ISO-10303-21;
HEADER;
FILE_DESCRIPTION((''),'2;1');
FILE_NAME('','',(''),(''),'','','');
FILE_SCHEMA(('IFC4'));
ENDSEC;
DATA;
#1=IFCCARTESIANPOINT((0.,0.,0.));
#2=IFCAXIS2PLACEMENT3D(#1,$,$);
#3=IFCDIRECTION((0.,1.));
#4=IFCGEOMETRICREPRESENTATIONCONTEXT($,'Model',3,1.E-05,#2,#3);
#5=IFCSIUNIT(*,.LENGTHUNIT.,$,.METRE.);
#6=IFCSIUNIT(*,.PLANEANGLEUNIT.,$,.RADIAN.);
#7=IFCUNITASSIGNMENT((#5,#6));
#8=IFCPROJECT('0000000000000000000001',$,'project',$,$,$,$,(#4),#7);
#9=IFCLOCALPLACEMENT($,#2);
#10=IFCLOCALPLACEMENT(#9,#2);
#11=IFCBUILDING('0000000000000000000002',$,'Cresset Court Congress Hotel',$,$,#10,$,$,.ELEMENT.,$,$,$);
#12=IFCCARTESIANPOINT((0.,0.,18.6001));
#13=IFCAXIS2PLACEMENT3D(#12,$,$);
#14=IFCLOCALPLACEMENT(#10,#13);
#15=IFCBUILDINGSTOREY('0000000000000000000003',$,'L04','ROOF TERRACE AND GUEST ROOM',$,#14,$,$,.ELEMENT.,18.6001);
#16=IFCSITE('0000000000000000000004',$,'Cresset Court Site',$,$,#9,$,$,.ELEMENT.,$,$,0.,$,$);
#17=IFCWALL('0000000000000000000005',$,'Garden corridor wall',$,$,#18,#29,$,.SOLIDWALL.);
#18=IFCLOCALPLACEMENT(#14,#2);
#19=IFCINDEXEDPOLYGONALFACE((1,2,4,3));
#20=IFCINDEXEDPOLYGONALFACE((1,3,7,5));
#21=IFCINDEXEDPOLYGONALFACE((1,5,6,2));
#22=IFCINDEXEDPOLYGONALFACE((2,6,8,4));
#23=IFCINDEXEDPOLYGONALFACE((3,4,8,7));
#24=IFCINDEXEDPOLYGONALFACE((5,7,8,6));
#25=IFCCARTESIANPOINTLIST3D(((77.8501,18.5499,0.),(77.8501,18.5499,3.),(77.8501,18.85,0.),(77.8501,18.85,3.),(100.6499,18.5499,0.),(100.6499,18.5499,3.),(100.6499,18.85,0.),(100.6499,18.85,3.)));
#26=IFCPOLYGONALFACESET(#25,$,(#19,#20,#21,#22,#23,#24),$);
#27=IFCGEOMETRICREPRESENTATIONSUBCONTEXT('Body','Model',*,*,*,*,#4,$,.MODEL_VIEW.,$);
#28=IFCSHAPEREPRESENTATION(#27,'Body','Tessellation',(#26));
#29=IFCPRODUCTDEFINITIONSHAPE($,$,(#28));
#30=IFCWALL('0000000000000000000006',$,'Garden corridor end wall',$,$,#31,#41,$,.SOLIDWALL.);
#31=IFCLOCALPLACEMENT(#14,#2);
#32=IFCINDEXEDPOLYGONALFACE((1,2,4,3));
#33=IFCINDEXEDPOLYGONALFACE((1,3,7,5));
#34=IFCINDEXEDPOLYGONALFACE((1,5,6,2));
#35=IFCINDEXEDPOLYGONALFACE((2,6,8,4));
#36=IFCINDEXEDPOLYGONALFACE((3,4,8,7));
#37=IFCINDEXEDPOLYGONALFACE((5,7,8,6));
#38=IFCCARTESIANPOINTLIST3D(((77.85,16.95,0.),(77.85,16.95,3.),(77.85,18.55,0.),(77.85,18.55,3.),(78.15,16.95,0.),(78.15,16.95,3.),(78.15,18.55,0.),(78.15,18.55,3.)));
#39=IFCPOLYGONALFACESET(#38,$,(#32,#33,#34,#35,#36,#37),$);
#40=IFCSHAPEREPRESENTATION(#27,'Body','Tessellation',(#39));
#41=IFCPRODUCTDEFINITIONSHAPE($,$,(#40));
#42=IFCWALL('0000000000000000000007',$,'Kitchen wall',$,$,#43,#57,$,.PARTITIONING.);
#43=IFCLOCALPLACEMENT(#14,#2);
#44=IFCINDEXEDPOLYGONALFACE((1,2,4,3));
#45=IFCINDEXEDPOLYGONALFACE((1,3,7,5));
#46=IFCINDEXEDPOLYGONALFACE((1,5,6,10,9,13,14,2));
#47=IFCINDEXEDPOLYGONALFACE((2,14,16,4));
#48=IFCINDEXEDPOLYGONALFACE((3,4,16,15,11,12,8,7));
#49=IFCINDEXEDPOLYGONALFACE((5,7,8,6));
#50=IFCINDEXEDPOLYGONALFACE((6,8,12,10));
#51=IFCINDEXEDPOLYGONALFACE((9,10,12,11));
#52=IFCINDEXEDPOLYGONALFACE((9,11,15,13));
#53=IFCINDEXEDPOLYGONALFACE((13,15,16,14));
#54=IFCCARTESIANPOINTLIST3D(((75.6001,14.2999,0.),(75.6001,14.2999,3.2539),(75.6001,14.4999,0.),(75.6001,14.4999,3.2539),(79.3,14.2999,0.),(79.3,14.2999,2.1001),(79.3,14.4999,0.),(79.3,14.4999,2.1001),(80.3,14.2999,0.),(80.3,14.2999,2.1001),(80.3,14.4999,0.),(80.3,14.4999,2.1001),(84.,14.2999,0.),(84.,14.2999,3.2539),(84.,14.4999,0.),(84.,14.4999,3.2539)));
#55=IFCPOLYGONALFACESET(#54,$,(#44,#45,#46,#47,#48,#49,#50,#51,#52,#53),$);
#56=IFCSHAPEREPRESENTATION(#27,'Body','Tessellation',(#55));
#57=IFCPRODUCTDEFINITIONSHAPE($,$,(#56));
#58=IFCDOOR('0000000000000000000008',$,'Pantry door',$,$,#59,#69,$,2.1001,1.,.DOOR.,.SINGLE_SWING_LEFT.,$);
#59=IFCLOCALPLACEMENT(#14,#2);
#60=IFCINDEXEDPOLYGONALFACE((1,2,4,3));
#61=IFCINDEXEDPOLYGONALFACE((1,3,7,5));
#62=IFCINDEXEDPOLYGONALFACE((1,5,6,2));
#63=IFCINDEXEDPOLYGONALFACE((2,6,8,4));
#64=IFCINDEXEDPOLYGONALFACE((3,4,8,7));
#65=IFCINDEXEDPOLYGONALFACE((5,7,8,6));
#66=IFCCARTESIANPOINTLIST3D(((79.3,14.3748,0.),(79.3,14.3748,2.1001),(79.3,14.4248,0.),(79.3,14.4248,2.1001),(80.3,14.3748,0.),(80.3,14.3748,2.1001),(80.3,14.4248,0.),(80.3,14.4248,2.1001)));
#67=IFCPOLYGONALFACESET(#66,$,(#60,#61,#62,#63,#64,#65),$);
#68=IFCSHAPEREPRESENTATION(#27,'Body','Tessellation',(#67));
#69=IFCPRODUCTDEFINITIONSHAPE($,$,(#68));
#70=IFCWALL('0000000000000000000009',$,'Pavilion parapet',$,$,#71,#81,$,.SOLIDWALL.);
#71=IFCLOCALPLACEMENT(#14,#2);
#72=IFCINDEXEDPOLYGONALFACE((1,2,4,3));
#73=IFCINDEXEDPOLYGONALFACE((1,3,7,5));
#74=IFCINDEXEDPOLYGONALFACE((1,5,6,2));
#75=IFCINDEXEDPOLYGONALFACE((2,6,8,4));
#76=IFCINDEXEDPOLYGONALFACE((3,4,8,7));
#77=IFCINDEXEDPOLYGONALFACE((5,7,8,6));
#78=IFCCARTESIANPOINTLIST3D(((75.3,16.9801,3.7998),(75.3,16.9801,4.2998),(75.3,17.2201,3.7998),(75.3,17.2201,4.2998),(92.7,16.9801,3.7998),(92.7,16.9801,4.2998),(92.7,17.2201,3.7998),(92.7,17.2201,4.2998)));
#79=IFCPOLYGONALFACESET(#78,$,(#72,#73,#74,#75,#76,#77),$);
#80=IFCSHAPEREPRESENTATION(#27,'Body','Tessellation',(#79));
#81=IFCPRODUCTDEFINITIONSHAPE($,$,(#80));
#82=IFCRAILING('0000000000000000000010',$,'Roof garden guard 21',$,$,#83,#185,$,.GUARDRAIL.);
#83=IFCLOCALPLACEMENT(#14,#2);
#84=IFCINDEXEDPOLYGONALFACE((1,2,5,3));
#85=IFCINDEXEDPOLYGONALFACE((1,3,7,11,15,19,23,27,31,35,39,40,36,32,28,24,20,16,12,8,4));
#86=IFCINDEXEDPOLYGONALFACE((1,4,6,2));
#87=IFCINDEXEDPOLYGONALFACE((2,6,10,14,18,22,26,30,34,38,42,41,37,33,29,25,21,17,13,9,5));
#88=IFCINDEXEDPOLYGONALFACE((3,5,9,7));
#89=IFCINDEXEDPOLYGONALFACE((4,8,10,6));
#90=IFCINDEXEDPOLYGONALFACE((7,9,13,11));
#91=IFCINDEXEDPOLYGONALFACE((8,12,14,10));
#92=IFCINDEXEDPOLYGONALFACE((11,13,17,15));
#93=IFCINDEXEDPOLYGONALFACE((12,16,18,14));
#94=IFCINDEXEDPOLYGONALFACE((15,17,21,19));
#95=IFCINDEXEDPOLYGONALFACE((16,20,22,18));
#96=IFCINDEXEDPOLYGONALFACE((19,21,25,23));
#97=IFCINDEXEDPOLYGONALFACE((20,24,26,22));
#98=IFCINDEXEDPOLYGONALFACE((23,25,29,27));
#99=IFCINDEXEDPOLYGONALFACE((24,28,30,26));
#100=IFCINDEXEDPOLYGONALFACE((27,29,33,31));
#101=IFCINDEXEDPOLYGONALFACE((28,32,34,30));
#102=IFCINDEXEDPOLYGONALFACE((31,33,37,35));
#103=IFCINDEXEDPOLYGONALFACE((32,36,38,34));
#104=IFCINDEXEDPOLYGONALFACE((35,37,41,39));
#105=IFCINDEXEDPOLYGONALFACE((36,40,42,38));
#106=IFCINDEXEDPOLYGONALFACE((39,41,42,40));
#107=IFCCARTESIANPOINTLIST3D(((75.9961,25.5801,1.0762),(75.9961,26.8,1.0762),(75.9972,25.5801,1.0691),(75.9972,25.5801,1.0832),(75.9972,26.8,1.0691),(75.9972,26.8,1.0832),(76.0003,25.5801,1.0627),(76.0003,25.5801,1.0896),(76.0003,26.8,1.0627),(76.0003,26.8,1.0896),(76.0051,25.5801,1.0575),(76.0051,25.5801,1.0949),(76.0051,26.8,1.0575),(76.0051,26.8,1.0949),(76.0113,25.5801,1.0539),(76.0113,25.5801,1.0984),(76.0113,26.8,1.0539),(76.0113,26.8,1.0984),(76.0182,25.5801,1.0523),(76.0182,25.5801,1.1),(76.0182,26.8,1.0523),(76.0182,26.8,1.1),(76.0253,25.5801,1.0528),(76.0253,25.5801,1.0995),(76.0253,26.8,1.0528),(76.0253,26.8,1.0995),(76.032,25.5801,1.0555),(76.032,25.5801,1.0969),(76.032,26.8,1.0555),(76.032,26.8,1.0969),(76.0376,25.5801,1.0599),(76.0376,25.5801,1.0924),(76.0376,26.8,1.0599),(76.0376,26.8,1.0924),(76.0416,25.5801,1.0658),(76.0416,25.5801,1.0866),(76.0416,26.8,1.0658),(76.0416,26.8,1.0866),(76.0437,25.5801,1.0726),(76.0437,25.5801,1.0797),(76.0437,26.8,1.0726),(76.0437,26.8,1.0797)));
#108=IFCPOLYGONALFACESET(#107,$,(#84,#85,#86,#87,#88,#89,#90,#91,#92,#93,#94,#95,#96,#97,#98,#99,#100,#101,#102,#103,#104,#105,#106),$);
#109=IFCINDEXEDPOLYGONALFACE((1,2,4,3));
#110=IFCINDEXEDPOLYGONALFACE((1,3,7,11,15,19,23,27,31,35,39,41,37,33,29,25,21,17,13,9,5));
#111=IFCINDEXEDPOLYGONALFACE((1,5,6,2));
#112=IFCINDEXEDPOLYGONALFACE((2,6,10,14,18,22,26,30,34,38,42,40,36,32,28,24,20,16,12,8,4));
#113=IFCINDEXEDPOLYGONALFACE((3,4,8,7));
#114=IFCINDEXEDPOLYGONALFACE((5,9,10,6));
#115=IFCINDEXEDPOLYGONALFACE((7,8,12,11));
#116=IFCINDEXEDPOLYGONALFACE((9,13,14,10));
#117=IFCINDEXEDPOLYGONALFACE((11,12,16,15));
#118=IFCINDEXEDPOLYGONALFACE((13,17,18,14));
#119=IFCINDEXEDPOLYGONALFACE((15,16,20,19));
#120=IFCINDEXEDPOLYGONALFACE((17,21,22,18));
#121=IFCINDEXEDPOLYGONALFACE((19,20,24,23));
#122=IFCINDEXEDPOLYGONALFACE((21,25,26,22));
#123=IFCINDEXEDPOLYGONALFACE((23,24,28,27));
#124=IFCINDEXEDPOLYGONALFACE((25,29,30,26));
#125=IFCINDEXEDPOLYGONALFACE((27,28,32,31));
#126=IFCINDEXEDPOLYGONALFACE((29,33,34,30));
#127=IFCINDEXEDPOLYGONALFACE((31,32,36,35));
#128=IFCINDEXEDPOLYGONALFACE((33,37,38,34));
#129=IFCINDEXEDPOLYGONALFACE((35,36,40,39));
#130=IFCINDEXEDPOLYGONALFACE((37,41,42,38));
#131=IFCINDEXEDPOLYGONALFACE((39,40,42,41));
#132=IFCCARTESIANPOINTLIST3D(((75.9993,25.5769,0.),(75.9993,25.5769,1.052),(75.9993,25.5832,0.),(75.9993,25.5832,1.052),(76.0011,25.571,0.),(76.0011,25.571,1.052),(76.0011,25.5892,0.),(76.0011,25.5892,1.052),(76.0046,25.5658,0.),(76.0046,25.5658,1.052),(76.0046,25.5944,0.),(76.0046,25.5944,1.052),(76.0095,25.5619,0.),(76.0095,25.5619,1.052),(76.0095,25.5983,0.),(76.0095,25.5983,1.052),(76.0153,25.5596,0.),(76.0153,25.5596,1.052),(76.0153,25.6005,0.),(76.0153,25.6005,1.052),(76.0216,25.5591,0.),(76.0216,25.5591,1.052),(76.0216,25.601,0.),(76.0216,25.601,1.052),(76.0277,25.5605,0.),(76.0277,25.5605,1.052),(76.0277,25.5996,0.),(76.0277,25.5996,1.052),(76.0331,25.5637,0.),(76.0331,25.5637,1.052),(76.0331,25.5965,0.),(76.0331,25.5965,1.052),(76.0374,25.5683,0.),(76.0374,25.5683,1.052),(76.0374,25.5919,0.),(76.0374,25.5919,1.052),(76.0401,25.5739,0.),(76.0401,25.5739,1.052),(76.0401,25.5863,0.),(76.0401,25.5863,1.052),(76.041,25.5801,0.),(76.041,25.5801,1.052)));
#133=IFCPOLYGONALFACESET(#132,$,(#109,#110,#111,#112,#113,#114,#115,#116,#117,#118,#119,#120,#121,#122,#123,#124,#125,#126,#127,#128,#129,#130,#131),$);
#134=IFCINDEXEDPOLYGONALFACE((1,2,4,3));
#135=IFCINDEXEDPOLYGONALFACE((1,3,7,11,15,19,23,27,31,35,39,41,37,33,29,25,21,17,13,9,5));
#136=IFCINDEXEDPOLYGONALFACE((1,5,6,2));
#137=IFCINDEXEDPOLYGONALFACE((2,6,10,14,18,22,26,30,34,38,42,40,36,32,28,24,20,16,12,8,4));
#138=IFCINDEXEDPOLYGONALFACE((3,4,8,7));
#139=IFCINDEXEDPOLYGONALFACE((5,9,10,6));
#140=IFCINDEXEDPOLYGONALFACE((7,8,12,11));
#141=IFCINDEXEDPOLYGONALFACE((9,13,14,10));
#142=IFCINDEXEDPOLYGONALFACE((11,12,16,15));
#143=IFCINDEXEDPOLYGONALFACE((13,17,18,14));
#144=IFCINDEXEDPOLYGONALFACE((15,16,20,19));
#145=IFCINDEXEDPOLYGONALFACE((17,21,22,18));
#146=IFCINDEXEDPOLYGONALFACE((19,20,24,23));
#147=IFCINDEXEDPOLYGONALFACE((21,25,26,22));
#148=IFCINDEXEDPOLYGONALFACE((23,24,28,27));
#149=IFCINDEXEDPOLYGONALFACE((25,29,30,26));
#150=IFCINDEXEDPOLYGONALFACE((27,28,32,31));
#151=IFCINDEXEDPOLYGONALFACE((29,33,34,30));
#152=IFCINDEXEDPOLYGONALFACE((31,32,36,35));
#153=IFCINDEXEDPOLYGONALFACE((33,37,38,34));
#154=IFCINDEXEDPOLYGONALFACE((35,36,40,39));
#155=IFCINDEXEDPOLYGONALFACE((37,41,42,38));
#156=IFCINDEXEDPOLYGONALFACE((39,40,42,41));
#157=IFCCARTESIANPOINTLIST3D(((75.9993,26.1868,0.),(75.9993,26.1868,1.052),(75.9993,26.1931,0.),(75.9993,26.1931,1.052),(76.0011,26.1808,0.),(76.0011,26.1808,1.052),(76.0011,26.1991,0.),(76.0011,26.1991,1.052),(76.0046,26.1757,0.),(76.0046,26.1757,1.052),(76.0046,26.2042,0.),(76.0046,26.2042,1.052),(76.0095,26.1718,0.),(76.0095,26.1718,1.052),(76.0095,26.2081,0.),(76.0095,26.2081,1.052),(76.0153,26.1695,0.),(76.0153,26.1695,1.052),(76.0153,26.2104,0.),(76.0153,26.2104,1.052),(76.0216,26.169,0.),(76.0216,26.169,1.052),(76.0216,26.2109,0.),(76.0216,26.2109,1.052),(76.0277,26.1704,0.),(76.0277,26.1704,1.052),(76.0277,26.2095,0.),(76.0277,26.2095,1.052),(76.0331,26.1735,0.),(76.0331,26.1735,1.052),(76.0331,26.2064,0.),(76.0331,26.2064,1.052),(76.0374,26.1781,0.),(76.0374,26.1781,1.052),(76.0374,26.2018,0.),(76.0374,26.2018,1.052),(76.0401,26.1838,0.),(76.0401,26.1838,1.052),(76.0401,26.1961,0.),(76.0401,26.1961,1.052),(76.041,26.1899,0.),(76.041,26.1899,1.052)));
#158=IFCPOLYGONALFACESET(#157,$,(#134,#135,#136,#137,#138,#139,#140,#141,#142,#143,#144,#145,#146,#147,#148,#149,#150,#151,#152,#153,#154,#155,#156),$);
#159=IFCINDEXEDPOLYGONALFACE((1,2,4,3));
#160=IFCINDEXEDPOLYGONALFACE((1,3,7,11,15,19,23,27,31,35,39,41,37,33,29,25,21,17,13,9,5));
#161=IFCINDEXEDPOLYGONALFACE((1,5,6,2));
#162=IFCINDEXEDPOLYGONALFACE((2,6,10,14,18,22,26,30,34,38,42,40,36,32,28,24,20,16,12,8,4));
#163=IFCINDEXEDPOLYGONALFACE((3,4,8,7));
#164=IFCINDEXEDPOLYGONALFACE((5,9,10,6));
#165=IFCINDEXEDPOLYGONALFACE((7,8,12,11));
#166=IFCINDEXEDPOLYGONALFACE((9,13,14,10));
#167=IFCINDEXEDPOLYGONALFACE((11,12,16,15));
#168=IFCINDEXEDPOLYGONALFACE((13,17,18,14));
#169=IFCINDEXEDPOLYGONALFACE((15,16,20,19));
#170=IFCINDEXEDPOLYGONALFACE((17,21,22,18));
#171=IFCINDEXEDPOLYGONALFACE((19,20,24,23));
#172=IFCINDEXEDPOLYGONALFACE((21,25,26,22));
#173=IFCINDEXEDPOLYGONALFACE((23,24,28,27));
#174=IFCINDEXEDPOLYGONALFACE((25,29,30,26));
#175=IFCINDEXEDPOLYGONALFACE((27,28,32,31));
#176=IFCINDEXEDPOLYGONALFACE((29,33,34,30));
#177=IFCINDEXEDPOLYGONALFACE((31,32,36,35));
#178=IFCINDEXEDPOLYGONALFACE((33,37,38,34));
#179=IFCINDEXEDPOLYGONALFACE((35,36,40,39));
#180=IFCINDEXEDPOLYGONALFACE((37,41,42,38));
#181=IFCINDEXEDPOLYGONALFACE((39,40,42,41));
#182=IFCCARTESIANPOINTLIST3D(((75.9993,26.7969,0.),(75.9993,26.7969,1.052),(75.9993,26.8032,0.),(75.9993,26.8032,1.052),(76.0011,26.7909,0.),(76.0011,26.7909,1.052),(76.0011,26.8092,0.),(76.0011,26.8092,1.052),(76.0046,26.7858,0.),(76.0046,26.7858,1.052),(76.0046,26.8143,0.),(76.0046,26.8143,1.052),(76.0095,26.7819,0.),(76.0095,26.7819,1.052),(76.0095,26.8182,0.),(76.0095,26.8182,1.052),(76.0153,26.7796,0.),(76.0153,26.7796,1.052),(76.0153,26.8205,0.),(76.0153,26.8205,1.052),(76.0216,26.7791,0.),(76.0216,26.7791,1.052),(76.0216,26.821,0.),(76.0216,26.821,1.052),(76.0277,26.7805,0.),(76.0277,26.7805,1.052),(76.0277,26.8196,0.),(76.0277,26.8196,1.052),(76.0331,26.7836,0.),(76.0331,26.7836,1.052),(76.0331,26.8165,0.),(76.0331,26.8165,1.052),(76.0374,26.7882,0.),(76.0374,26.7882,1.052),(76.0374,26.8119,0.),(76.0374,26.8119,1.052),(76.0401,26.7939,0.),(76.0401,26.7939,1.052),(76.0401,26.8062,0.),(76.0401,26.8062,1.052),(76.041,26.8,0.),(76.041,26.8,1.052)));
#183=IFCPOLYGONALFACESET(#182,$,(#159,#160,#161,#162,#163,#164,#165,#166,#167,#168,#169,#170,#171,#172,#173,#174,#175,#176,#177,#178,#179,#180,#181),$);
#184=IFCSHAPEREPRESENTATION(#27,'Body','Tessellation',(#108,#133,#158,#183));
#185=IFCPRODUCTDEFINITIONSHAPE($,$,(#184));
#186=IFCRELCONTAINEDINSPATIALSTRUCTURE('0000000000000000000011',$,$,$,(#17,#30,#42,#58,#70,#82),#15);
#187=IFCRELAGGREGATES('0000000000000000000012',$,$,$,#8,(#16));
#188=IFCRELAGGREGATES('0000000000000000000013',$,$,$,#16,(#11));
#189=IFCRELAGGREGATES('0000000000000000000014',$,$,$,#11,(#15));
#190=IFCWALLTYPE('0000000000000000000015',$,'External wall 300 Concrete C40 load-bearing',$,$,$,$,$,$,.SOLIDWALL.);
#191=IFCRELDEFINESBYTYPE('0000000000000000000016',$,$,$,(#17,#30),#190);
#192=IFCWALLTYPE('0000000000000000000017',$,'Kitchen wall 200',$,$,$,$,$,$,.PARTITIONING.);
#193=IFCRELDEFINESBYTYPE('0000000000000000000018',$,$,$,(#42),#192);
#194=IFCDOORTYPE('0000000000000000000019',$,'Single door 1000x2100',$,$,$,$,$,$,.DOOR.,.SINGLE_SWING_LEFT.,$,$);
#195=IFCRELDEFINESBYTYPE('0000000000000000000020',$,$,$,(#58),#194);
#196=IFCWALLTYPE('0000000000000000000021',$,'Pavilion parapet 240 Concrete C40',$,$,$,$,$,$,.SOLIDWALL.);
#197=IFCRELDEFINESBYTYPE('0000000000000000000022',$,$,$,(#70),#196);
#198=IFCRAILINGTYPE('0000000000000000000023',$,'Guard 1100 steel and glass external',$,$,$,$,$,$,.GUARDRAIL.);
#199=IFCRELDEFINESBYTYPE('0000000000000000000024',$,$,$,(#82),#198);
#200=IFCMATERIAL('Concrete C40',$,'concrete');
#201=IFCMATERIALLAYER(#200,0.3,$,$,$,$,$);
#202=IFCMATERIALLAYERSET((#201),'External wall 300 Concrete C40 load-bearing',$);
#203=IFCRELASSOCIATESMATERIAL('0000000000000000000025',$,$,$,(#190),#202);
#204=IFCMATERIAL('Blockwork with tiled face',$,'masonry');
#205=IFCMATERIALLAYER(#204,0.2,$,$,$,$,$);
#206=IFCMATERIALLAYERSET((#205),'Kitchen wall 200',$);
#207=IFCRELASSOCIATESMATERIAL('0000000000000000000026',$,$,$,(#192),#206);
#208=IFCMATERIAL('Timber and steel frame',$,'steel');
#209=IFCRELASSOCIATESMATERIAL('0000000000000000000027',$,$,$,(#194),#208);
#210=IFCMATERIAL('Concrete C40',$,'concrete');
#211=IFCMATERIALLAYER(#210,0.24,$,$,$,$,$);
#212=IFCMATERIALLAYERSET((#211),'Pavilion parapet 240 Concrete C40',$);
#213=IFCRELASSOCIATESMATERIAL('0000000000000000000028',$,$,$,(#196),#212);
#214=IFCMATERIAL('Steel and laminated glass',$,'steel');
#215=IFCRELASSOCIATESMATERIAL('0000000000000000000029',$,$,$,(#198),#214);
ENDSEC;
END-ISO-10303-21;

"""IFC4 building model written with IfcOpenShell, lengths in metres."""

from ifc_helpers import new_model, si_unit, direction, frame, frame_2d, origin, origin_2d, place, context, subcontext, project, spatial, rectangle, circle, extrude, material, layer, layer_set, type_object, element, fill, save


model = new_model("IFC4")

# Units and contexts
model_context = context("Model", 3, precision=1e-05, world=origin(), true_north=direction((0.0, 1.0)))
body_context = subcontext(model_context, "Body", "Model", "MODEL_VIEW")
ifc_project = project(units=[si_unit("LENGTHUNIT", "METRE"), si_unit("PLANEANGLEUNIT", "RADIAN")], contexts=[model_context])

# Site, building, storey
site_placement = place(None, origin())
site = spatial("IfcSite", under=ifc_project, at=site_placement, Name="Cresset Court Site", CompositionType="ELEMENT", RefElevation=0.0)
building_placement = place(site_placement, origin())
building = spatial("IfcBuilding", under=site, at=building_placement, Name="Cresset Court Congress Hotel", CompositionType="ELEMENT")
storey_placement = place(building_placement, frame((0.0, 0.0, 18.6001)))
storey = spatial("IfcBuildingStorey", under=building, at=storey_placement, Name="L04", Description="ROOF TERRACE AND GUEST ROOM", CompositionType="ELEMENT", Elevation=18.6001)

# Walls
ifc_material_1 = material(Name="Concrete C40", Category="concrete")
ifc_layer_1 = layer(ifc_material_1, 0.3)
ifc_layer_set_1 = layer_set([ifc_layer_1], Name="External wall 300 Concrete C40 load-bearing")
wall_type_1 = type_object("IfcWallType", Name="External wall 300 Concrete C40 load-bearing", PredefinedType="SOLIDWALL", material=ifc_layer_set_1)
wall_1_placement = place(storey_placement, frame((77.8501, 18.7, 0.0), z_axis=(0.0, 0.0, 1.0), x_axis=(1.0, 0.0, 0.0)))
element("IfcWall", 1, at=wall_1_placement, inside=storey, type_object=wall_type_1, Name="Garden corridor wall", PredefinedType="SOLIDWALL", context=body_context, shape_type="SweptSolid", body=[
    extrude(rectangle(XDim=22.7998, YDim=0.3, at=frame_2d((11.3999, 0.0))), origin(), (0.0, 0.0, 1.0), 3.0),
])
wall_2_placement = place(storey_placement, frame((78.0, 16.95, 0.0), z_axis=(0.0, 0.0, 1.0), x_axis=(0.0, 1.0, 0.0)))
element("IfcWall", 2, at=wall_2_placement, inside=storey, type_object=wall_type_1, Name="Garden corridor end wall", PredefinedType="SOLIDWALL", context=body_context, shape_type="SweptSolid", body=[
    extrude(rectangle(XDim=1.6001, YDim=0.3, at=frame_2d((0.8, 0.0))), origin(), (0.0, 0.0, 1.0), 3.0),
])

# Wall, opening, door
ifc_material_2 = material(Name="Blockwork with tiled face", Category="masonry")
ifc_layer_2 = layer(ifc_material_2, 0.2)
ifc_layer_set_2 = layer_set([ifc_layer_2], Name="Kitchen wall 200")
wall_type_2 = type_object("IfcWallType", Name="Kitchen wall 200", PredefinedType="PARTITIONING", material=ifc_layer_set_2)
wall_3_placement = place(storey_placement, frame((75.6001, 14.3999, 0.0), z_axis=(0.0, 0.0, 1.0), x_axis=(1.0, 0.0, 0.0)))
wall_3 = element("IfcWall", 3, at=wall_3_placement, inside=storey, type_object=wall_type_2, Name="Kitchen wall", PredefinedType="PARTITIONING", context=body_context, shape_type="SweptSolid", body=[
    extrude(rectangle(XDim=8.3999, YDim=0.2, at=frame_2d((4.2, 0.0))), origin(), (0.0, 0.0, 1.0), 3.2539),
])
opening_1_placement = place(wall_3_placement, frame((3.7, 0.0, 0.0)))
opening_1 = element("IfcOpeningElement", 4, at=opening_1_placement, cuts=wall_3, PredefinedType="OPENING", context=body_context, shape_type="SweptSolid", body=[
    extrude(rectangle(XDim=1.0, YDim=2.1001, at=frame_2d((0.5, 1.05))), frame((0.0, 0.1099, 0.0), z_axis=(0.0, -1.0, 0.0), x_axis=(1.0, 0.0, 0.0)), (0.0, 0.0, 1.0), 0.22),
])
ifc_material_3 = material(Name="Timber and steel frame", Category="steel")
door_type_1 = type_object("IfcDoorType", Name="Single door 1000x2100", OperationType="SINGLE_SWING_LEFT", PredefinedType="DOOR", material=ifc_material_3)
door_1_placement = place(opening_1_placement, origin())
door_1 = element("IfcDoor", 5, at=door_1_placement, inside=storey, type_object=door_type_1, Name="Pantry door", OperationType="SINGLE_SWING_LEFT", OverallHeight=2.1001, OverallWidth=1.0, PredefinedType="DOOR", context=body_context, shape_type="SweptSolid", body=[
    extrude(rectangle(XDim=1.0, YDim=2.1001, at=frame_2d((0.5, 1.05))), frame((0.0, 0.0249, 0.0), z_axis=(0.0, -1.0, 0.0), x_axis=(1.0, 0.0, 0.0)), (0.0, 0.0, 1.0), 0.05),
])
fill(opening_1, door_1)

# Wall
ifc_material_4 = material(Name="Concrete C40", Category="concrete")
ifc_layer_3 = layer(ifc_material_4, 0.24)
ifc_layer_set_3 = layer_set([ifc_layer_3], Name="Pavilion parapet 240 Concrete C40")
wall_type_3 = type_object("IfcWallType", Name="Pavilion parapet 240 Concrete C40", PredefinedType="SOLIDWALL", material=ifc_layer_set_3)
wall_4_placement = place(storey_placement, frame((75.3, 17.1001, 3.7998), z_axis=(0.0, 0.0, 1.0), x_axis=(1.0, 0.0, 0.0)))
element("IfcWall", 6, at=wall_4_placement, inside=storey, type_object=wall_type_3, Name="Pavilion parapet", PredefinedType="SOLIDWALL", context=body_context, shape_type="SweptSolid", body=[
    extrude(rectangle(XDim=17.3999, YDim=0.24, at=frame_2d((8.7, 0.0))), origin(), (0.0, 0.0, 1.0), 0.5),
])

# Railing
ifc_material_5 = material(Name="Steel and laminated glass", Category="steel")
railing_type = type_object("IfcRailingType", Name="Guard 1100 steel and glass external", PredefinedType="GUARDRAIL", material=ifc_material_5)
for number, where, name in (
    (7, (76.02, 25.5801, 0.0), "Roof garden guard 21"),
):
    element("IfcRailing", number, at=place(storey_placement, frame(where)), inside=storey, type_object=railing_type, Name=name, PredefinedType="GUARDRAIL", context=body_context, shape_type="SweptSolid", body=[
        extrude(circle(Radius=0.0239, at=origin_2d()), frame((0.0, 0.0, 1.0762), z_axis=(0.0, 1.0, 0.0), x_axis=(-1.0, 0.0, 0.0)), (0.0, 0.0, 1.0), 1.22),
        extrude(circle(Radius=0.021, at=origin_2d()), origin(), (0.0, 0.0, 1.0), 1.052),
        extrude(circle(Radius=0.021, at=origin_2d()), frame((0.0, 0.6099, 0.0)), (0.0, 0.0, 1.0), 1.052),
        extrude(circle(Radius=0.021, at=origin_2d()), frame((0.0, 1.22, 0.0)), (0.0, 0.0, 1.0), 1.052),
    ])

save(model, "model.ifc")
